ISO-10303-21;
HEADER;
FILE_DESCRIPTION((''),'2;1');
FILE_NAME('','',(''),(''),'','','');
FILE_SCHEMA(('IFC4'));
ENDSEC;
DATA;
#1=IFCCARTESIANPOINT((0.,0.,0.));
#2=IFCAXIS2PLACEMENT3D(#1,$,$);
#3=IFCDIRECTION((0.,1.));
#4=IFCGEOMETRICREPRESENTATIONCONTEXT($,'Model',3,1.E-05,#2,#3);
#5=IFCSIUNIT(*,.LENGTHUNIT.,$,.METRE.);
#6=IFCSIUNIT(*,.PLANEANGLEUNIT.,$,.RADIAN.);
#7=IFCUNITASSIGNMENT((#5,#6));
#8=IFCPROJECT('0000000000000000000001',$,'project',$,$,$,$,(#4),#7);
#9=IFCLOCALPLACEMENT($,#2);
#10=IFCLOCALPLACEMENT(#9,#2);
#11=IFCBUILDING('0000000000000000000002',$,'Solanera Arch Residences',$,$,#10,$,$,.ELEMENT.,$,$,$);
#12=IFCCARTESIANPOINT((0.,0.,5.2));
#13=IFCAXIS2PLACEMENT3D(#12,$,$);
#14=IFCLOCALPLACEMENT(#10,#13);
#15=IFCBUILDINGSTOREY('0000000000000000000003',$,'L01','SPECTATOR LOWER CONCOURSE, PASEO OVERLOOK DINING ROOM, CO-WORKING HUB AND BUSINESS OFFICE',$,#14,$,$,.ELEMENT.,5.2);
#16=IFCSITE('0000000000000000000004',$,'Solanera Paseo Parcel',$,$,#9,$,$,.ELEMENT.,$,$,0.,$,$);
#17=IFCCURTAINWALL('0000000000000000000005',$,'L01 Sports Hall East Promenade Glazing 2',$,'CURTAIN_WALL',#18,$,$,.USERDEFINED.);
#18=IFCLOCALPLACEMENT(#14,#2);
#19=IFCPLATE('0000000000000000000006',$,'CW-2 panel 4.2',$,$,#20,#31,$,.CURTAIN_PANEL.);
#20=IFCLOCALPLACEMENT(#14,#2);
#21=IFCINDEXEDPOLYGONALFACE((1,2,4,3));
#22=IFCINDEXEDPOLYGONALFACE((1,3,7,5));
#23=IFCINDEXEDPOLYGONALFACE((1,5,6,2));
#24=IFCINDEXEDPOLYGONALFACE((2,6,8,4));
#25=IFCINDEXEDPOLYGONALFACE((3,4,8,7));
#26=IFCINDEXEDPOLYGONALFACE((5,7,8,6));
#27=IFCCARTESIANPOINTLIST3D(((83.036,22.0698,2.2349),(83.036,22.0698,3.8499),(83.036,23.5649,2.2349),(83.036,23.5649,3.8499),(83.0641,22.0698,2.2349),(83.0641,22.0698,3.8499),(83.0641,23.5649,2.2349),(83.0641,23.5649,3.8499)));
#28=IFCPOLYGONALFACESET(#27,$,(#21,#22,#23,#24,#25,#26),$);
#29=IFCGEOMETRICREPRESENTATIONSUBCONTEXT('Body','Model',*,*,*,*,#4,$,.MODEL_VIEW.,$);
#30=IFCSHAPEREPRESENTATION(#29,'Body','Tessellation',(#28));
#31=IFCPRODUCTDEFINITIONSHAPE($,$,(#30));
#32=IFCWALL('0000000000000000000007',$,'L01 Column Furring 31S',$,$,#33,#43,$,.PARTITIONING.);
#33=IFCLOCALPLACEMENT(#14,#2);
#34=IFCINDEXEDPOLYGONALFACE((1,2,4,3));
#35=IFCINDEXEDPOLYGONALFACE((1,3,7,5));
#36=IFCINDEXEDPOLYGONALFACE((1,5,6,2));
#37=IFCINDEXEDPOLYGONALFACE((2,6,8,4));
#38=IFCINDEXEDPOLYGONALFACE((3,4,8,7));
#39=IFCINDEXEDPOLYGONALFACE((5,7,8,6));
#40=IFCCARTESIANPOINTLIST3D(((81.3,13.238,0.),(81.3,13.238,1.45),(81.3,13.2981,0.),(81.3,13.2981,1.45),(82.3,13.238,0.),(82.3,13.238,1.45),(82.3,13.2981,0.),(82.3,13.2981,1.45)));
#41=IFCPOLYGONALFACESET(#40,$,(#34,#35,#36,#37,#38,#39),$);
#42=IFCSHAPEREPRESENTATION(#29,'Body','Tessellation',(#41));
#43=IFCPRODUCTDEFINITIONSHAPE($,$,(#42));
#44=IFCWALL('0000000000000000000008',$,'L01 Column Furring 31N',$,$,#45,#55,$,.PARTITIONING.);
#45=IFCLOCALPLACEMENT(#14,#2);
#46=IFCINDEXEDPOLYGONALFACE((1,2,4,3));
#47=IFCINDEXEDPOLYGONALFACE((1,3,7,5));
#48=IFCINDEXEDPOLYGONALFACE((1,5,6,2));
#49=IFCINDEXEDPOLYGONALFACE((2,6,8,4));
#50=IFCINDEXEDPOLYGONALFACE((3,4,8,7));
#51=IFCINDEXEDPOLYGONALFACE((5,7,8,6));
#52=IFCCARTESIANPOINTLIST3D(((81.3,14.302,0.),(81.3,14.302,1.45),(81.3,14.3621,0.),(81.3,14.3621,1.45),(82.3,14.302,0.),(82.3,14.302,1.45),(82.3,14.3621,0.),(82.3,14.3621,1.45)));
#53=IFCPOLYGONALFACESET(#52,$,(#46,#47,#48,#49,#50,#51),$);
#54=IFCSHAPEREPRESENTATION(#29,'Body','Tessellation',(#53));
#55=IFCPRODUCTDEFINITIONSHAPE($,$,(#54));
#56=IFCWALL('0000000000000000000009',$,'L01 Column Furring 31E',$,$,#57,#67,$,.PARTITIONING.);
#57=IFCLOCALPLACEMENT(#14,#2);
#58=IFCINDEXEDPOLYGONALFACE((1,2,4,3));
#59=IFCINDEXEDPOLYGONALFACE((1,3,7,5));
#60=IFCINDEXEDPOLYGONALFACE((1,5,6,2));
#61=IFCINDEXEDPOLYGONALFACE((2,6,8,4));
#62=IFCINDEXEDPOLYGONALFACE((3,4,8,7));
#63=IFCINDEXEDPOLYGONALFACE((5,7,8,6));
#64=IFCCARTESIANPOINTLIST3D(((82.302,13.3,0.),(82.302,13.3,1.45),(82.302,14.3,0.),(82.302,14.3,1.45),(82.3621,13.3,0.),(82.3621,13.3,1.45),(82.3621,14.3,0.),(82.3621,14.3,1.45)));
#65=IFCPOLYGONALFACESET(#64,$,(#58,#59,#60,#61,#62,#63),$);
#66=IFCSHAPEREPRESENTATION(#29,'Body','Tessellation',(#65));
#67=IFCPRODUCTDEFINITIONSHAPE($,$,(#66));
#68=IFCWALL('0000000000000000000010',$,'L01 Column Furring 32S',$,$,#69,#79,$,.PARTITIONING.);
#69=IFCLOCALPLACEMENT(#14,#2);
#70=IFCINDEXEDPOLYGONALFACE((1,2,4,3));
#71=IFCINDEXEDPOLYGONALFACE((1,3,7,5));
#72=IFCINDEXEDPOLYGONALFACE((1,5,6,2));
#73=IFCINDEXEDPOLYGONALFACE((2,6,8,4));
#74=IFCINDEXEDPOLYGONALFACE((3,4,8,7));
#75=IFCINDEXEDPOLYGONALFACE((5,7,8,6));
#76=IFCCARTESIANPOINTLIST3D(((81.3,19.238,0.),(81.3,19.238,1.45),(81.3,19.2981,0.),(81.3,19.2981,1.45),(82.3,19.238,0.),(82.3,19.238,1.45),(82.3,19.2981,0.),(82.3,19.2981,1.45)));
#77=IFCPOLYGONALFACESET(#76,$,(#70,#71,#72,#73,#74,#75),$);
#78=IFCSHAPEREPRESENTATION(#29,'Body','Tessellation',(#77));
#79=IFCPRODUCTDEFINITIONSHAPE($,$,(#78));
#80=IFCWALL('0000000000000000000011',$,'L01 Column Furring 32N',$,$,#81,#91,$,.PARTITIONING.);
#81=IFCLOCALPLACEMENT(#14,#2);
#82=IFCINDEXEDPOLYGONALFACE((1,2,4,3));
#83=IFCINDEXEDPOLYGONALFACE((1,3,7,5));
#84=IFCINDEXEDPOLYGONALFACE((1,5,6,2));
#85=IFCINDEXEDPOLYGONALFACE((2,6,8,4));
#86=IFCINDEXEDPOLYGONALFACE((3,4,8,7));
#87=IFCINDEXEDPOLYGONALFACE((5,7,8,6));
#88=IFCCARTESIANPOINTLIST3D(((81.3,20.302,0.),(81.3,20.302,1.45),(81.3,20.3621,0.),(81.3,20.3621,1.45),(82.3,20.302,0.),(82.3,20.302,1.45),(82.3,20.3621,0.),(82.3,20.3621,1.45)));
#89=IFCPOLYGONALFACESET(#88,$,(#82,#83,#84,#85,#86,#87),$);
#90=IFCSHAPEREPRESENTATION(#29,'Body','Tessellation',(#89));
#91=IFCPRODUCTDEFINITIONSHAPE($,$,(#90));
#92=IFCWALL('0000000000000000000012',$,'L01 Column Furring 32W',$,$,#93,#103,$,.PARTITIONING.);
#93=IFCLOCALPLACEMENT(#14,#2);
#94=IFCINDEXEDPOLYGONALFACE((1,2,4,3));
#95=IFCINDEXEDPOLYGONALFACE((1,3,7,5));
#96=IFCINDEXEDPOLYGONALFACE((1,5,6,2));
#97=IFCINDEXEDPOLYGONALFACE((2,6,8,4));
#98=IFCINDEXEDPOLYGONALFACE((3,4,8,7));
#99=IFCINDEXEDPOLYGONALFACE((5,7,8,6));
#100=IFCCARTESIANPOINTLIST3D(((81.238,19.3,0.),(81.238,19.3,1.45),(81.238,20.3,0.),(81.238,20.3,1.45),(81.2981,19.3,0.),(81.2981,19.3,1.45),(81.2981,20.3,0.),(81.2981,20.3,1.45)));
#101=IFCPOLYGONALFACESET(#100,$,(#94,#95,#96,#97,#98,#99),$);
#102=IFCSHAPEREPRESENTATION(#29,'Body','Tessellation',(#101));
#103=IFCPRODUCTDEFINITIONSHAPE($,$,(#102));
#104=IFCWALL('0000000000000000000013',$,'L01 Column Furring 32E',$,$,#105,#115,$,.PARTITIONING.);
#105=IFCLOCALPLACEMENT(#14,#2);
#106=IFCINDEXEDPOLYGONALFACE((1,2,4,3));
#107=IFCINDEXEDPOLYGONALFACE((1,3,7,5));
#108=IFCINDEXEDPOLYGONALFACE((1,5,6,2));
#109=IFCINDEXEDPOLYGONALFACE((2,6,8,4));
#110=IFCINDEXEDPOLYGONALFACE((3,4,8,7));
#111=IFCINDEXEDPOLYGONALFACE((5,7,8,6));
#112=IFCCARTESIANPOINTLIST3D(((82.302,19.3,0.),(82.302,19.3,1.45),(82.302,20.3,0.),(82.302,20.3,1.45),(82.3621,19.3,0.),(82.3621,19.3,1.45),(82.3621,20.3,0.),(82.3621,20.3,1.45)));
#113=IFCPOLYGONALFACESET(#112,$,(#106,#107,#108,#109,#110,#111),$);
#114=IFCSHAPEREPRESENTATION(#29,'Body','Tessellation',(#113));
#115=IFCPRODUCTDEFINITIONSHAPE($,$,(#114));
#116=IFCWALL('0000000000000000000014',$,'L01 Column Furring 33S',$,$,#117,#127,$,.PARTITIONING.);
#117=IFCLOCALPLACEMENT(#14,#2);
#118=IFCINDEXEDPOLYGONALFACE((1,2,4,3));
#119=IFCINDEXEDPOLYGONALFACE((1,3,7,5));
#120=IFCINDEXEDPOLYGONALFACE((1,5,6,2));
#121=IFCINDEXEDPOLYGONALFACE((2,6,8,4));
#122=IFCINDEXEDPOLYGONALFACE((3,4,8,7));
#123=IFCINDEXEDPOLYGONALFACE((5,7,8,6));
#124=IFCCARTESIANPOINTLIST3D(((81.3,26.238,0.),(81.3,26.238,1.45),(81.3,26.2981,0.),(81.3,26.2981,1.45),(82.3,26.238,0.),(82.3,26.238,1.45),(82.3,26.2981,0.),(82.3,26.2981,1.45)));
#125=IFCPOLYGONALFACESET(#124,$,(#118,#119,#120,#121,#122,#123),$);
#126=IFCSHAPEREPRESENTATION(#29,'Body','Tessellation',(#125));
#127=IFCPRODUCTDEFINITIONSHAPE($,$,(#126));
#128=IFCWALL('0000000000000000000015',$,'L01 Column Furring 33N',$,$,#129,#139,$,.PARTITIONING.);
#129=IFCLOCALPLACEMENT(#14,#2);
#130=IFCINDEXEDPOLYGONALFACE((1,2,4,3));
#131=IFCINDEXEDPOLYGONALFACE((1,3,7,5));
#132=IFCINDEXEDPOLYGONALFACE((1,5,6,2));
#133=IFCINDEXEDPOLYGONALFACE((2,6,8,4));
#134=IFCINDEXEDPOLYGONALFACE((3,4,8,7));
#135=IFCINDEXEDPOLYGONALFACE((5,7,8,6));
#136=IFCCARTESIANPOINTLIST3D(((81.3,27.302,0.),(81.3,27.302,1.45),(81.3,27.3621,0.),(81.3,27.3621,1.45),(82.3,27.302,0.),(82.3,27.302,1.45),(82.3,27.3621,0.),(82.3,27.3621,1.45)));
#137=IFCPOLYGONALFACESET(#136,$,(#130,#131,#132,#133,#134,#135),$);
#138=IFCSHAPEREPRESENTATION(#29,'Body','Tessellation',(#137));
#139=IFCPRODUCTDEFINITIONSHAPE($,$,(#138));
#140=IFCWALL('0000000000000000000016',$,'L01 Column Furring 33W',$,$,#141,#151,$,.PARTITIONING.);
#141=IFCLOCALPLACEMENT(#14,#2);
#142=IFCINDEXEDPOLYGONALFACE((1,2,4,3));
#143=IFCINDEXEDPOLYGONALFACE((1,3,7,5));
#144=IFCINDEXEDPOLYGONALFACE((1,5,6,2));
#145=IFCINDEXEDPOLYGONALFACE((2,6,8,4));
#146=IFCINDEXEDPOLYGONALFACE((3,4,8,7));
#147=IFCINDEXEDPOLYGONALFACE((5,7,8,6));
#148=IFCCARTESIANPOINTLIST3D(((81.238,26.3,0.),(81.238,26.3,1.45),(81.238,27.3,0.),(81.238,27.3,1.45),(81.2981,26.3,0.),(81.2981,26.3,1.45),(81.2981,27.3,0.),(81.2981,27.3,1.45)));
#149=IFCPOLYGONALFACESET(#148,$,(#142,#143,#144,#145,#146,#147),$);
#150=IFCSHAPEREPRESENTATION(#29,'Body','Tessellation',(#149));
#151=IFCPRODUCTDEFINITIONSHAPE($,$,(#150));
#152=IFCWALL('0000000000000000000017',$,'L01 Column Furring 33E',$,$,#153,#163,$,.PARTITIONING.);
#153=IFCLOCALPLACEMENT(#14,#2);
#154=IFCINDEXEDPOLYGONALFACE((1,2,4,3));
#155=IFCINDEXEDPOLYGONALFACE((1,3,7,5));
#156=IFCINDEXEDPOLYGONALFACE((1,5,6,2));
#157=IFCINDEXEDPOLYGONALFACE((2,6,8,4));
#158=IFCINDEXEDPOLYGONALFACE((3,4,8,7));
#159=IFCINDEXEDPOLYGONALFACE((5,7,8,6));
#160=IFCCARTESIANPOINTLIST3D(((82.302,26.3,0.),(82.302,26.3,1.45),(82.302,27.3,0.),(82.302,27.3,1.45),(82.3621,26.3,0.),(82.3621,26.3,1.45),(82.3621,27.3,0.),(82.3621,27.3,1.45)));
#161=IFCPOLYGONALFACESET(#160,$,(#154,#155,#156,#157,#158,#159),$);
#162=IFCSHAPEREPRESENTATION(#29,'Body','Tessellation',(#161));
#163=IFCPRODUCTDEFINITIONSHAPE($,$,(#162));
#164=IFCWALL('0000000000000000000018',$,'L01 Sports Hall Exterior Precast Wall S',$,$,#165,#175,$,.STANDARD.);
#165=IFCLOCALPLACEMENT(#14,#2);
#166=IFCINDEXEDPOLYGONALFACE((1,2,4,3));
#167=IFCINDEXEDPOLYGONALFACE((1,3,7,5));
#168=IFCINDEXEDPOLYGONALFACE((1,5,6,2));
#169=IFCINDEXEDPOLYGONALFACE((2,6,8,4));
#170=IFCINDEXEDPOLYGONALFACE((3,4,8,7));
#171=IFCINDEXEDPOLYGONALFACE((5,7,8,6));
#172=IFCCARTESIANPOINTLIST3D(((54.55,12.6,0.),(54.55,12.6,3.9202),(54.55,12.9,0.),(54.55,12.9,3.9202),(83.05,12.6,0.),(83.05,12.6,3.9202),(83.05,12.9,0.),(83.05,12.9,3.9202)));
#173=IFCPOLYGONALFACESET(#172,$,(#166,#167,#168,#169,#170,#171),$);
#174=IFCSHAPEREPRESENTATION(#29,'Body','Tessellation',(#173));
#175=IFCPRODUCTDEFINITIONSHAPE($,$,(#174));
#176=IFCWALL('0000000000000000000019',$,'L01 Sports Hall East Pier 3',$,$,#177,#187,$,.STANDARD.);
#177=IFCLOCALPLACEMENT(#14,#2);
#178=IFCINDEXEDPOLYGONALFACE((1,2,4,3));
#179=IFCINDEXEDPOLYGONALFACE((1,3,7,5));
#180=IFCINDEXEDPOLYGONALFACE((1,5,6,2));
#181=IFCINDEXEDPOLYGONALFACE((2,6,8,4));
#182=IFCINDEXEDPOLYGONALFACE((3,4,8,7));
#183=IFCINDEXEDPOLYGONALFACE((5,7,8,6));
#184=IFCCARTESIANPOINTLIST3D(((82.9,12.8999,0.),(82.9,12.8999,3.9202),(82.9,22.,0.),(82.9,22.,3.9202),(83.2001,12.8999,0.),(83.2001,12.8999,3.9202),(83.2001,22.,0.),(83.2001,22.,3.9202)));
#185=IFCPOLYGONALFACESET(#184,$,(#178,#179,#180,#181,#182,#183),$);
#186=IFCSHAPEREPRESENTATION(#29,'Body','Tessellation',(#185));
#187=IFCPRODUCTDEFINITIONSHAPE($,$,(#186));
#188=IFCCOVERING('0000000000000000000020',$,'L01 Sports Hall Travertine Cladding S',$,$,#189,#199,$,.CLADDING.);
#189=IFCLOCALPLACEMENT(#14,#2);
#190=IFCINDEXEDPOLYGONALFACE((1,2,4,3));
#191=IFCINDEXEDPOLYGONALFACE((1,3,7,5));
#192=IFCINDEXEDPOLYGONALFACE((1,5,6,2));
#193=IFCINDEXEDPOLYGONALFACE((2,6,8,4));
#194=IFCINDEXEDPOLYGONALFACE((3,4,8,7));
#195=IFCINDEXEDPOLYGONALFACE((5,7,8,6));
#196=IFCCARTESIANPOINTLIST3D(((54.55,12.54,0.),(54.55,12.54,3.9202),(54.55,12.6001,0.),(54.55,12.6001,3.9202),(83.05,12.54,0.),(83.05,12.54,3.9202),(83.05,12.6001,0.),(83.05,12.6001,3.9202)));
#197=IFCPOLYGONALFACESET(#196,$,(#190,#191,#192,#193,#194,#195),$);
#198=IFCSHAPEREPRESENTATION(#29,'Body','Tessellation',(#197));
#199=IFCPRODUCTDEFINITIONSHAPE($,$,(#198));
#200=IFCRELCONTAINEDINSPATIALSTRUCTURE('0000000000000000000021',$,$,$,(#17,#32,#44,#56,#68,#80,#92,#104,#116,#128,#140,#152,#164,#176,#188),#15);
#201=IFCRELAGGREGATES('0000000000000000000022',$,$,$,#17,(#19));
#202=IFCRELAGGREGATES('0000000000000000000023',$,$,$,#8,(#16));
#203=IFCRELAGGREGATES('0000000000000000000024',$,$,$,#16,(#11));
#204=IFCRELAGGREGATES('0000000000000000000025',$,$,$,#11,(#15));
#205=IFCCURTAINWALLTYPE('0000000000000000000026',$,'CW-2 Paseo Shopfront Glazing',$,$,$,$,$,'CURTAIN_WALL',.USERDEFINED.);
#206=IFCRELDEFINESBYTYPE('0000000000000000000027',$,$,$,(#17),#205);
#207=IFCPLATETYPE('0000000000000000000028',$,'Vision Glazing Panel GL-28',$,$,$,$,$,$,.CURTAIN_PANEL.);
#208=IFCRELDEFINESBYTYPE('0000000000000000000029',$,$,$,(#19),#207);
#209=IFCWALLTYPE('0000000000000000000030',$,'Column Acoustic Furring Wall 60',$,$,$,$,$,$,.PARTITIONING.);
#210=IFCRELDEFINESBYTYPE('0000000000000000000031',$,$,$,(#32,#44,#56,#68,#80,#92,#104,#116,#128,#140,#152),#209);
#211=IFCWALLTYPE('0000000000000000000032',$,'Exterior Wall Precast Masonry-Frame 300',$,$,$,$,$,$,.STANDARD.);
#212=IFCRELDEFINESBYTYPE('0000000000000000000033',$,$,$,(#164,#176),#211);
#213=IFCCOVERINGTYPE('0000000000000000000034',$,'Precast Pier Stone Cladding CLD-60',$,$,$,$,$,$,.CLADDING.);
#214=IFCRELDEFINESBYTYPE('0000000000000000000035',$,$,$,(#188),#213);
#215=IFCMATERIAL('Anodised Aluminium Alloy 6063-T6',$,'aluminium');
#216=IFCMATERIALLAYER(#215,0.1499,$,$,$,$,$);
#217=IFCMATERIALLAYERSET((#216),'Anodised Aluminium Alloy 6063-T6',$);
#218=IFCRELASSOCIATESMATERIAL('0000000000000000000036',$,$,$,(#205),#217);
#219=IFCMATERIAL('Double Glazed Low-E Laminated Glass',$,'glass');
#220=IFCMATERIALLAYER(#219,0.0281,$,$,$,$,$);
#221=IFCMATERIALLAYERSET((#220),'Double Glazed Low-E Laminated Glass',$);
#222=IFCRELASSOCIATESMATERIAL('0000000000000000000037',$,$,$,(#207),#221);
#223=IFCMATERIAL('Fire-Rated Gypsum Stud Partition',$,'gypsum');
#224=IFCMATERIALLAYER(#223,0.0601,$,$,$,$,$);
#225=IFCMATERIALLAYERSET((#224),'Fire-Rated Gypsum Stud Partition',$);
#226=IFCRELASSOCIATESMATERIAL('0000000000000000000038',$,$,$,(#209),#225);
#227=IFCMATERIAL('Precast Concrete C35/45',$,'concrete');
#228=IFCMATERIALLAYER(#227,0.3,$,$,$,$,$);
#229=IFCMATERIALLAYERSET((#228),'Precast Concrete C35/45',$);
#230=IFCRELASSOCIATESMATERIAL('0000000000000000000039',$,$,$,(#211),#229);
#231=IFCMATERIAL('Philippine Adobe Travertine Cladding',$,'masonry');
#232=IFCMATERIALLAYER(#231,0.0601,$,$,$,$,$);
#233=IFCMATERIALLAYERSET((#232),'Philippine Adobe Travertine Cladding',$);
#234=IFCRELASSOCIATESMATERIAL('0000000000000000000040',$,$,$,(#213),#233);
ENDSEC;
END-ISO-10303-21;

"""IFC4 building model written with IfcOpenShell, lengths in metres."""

from ifc_helpers import new_model, si_unit, direction, frame, frame_2d, origin, origin_2d, place, context, subcontext, project, spatial, rectangle, extrude, material, layer, layer_set, type_object, element, aggregate, save


model = new_model("IFC4")

# Units and contexts
model_context = context("Model", 3, precision=1e-05, world=origin(), true_north=direction((0.0, 1.0)))
body_context = subcontext(model_context, "Body", "Model", "MODEL_VIEW")
ifc_project = project(units=[si_unit("LENGTHUNIT", "METRE"), si_unit("PLANEANGLEUNIT", "RADIAN")], contexts=[model_context])

# Site, building, storey
site_placement = place(None, origin())
site = spatial("IfcSite", under=ifc_project, at=site_placement, Name="Solanera Paseo Parcel", CompositionType="ELEMENT", RefElevation=0.0)
building_placement = place(site_placement, origin())
building = spatial("IfcBuilding", under=site, at=building_placement, Name="Solanera Arch Residences", CompositionType="ELEMENT")
storey_placement = place(building_placement, frame((0.0, 0.0, 5.2)))
storey = spatial("IfcBuildingStorey", under=building, at=storey_placement, Name="L01", Description="SPECTATOR LOWER CONCOURSE, PASEO OVERLOOK DINING ROOM, CO-WORKING HUB AND BUSINESS OFFICE", CompositionType="ELEMENT", Elevation=5.2)

# Curtain wall
ifc_material_1 = material(Name="Anodised Aluminium Alloy 6063-T6", Category="aluminium")
ifc_layer_1 = layer(ifc_material_1, 0.1499)
ifc_layer_set_1 = layer_set([ifc_layer_1], Name="Anodised Aluminium Alloy 6063-T6")
curtain_wall_type = type_object("IfcCurtainWallType", Name="CW-2 Paseo Shopfront Glazing", ElementType="CURTAIN_WALL", PredefinedType="USERDEFINED", material=ifc_layer_set_1)
curtain_wall_placement = place(storey_placement, origin())
curtain_wall = element("IfcCurtainWall", 1, at=curtain_wall_placement, inside=storey, type_object=curtain_wall_type, Name="L01 Sports Hall East Promenade Glazing 2", ObjectType="CURTAIN_WALL", PredefinedType="USERDEFINED")

# Plate
ifc_material_2 = material(Name="Double Glazed Low-E Laminated Glass", Category="glass")
ifc_layer_2 = layer(ifc_material_2, 0.0281)
ifc_layer_set_2 = layer_set([ifc_layer_2], Name="Double Glazed Low-E Laminated Glass")
plate_type = type_object("IfcPlateType", Name="Vision Glazing Panel GL-28", PredefinedType="CURTAIN_PANEL", material=ifc_layer_set_2)
plate_1_placement = place(storey_placement, frame((83.05, 22.8174, 2.2349), z_axis=(0.0, 0.0, 1.0), x_axis=(0.0, -1.0, 0.0)))
plate_1 = element("IfcPlate", 2, at=plate_1_placement, type_object=plate_type, Name="CW-2 panel 4.2", PredefinedType="CURTAIN_PANEL", context=body_context, shape_type="SweptSolid", body=[
    extrude(rectangle(XDim=1.4951, YDim=0.0281, at=origin_2d()), origin(), (0.0, 0.0, 1.0), 1.615),
])
aggregate(curtain_wall, [plate_1])

# Walls
ifc_material_3 = material(Name="Fire-Rated Gypsum Stud Partition", Category="gypsum")
ifc_layer_3 = layer(ifc_material_3, 0.0601)
ifc_layer_set_3 = layer_set([ifc_layer_3], Name="Fire-Rated Gypsum Stud Partition")
wall_type_1 = type_object("IfcWallType", Name="Column Acoustic Furring Wall 60", PredefinedType="PARTITIONING", material=ifc_layer_set_3)
for number, where, z_axis, x_axis, name in (
    (3, (81.3, 13.2681, 0.0), (0.0, 0.0, 1.0), (1.0, 0.0, 0.0), "L01 Column Furring 31S"),
    (4, (81.3, 14.332, 0.0), (0.0, 0.0, 1.0), (1.0, 0.0, 0.0), "L01 Column Furring 31N"),
    (5, (82.332, 13.3, 0.0), (0.0, 0.0, 1.0), (0.0, 1.0, 0.0), "L01 Column Furring 31E"),
    (6, (81.3, 19.2681, 0.0), (0.0, 0.0, 1.0), (1.0, 0.0, 0.0), "L01 Column Furring 32S"),
    (7, (81.3, 20.332, 0.0), (0.0, 0.0, 1.0), (1.0, 0.0, 0.0), "L01 Column Furring 32N"),
    (8, (81.2681, 19.3, 0.0), (0.0, 0.0, 1.0), (0.0, 1.0, 0.0), "L01 Column Furring 32W"),
    (9, (82.332, 19.3, 0.0), (0.0, 0.0, 1.0), (0.0, 1.0, 0.0), "L01 Column Furring 32E"),
    (10, (81.3, 26.2681, 0.0), (0.0, 0.0, 1.0), (1.0, 0.0, 0.0), "L01 Column Furring 33S"),
    (11, (81.3, 27.332, 0.0), (0.0, 0.0, 1.0), (1.0, 0.0, 0.0), "L01 Column Furring 33N"),
    (12, (81.2681, 26.3, 0.0), (0.0, 0.0, 1.0), (0.0, 1.0, 0.0), "L01 Column Furring 33W"),
    (13, (82.332, 26.3, 0.0), (0.0, 0.0, 1.0), (0.0, 1.0, 0.0), "L01 Column Furring 33E"),
):
    element("IfcWall", number, at=place(storey_placement, frame(where, z_axis=z_axis, x_axis=x_axis)), inside=storey, type_object=wall_type_1, Name=name, PredefinedType="PARTITIONING", context=body_context, shape_type="SweptSolid", body=[
        extrude(rectangle(XDim=1.0, YDim=0.0601, at=frame_2d((0.5, 0.0))), origin(), (0.0, 0.0, 1.0), 1.45),
    ])
ifc_material_4 = material(Name="Precast Concrete C35/45", Category="concrete")
ifc_layer_4 = layer(ifc_material_4, 0.3)
ifc_layer_set_4 = layer_set([ifc_layer_4], Name="Precast Concrete C35/45")
wall_type_2 = type_object("IfcWallType", Name="Exterior Wall Precast Masonry-Frame 300", PredefinedType="STANDARD", material=ifc_layer_set_4)
wall_1_placement = place(storey_placement, frame((83.05, 12.75, 0.0), z_axis=(0.0, 0.0, 1.0), x_axis=(-1.0, 0.0, 0.0)))
element("IfcWall", 14, at=wall_1_placement, inside=storey, type_object=wall_type_2, Name="L01 Sports Hall Exterior Precast Wall S", PredefinedType="STANDARD", context=body_context, shape_type="SweptSolid", body=[
    extrude(rectangle(XDim=28.5, YDim=0.3, at=frame_2d((14.25, 0.0))), origin(), (0.0, 0.0, 1.0), 3.9202),
])
wall_2_placement = place(storey_placement, frame((83.05, 22.0, 0.0), z_axis=(0.0, 0.0, 1.0), x_axis=(0.0, -1.0, 0.0)))
element("IfcWall", 15, at=wall_2_placement, inside=storey, type_object=wall_type_2, Name="L01 Sports Hall East Pier 3", PredefinedType="STANDARD", context=body_context, shape_type="SweptSolid", body=[
    extrude(rectangle(XDim=9.1001, YDim=0.3, at=frame_2d((4.55, 0.0))), origin(), (0.0, 0.0, 1.0), 3.9202),
])

# Covering
ifc_material_5 = material(Name="Philippine Adobe Travertine Cladding", Category="masonry")
ifc_layer_5 = layer(ifc_material_5, 0.0601)
ifc_layer_set_5 = layer_set([ifc_layer_5], Name="Philippine Adobe Travertine Cladding")
covering_type = type_object("IfcCoveringType", Name="Precast Pier Stone Cladding CLD-60", PredefinedType="CLADDING", material=ifc_layer_set_5)
covering_placement = place(storey_placement, frame((83.05, 12.5701, 0.0), z_axis=(0.0, 0.0, 1.0), x_axis=(-1.0, 0.0, 0.0)))
element("IfcCovering", 16, at=covering_placement, inside=storey, type_object=covering_type, Name="L01 Sports Hall Travertine Cladding S", PredefinedType="CLADDING", context=body_context, shape_type="SweptSolid", body=[
    extrude(rectangle(XDim=28.5, YDim=0.0601, at=frame_2d((14.25, 0.0))), origin(), (0.0, 0.0, 1.0), 3.9202),
])

save(model, "model.ifc")
